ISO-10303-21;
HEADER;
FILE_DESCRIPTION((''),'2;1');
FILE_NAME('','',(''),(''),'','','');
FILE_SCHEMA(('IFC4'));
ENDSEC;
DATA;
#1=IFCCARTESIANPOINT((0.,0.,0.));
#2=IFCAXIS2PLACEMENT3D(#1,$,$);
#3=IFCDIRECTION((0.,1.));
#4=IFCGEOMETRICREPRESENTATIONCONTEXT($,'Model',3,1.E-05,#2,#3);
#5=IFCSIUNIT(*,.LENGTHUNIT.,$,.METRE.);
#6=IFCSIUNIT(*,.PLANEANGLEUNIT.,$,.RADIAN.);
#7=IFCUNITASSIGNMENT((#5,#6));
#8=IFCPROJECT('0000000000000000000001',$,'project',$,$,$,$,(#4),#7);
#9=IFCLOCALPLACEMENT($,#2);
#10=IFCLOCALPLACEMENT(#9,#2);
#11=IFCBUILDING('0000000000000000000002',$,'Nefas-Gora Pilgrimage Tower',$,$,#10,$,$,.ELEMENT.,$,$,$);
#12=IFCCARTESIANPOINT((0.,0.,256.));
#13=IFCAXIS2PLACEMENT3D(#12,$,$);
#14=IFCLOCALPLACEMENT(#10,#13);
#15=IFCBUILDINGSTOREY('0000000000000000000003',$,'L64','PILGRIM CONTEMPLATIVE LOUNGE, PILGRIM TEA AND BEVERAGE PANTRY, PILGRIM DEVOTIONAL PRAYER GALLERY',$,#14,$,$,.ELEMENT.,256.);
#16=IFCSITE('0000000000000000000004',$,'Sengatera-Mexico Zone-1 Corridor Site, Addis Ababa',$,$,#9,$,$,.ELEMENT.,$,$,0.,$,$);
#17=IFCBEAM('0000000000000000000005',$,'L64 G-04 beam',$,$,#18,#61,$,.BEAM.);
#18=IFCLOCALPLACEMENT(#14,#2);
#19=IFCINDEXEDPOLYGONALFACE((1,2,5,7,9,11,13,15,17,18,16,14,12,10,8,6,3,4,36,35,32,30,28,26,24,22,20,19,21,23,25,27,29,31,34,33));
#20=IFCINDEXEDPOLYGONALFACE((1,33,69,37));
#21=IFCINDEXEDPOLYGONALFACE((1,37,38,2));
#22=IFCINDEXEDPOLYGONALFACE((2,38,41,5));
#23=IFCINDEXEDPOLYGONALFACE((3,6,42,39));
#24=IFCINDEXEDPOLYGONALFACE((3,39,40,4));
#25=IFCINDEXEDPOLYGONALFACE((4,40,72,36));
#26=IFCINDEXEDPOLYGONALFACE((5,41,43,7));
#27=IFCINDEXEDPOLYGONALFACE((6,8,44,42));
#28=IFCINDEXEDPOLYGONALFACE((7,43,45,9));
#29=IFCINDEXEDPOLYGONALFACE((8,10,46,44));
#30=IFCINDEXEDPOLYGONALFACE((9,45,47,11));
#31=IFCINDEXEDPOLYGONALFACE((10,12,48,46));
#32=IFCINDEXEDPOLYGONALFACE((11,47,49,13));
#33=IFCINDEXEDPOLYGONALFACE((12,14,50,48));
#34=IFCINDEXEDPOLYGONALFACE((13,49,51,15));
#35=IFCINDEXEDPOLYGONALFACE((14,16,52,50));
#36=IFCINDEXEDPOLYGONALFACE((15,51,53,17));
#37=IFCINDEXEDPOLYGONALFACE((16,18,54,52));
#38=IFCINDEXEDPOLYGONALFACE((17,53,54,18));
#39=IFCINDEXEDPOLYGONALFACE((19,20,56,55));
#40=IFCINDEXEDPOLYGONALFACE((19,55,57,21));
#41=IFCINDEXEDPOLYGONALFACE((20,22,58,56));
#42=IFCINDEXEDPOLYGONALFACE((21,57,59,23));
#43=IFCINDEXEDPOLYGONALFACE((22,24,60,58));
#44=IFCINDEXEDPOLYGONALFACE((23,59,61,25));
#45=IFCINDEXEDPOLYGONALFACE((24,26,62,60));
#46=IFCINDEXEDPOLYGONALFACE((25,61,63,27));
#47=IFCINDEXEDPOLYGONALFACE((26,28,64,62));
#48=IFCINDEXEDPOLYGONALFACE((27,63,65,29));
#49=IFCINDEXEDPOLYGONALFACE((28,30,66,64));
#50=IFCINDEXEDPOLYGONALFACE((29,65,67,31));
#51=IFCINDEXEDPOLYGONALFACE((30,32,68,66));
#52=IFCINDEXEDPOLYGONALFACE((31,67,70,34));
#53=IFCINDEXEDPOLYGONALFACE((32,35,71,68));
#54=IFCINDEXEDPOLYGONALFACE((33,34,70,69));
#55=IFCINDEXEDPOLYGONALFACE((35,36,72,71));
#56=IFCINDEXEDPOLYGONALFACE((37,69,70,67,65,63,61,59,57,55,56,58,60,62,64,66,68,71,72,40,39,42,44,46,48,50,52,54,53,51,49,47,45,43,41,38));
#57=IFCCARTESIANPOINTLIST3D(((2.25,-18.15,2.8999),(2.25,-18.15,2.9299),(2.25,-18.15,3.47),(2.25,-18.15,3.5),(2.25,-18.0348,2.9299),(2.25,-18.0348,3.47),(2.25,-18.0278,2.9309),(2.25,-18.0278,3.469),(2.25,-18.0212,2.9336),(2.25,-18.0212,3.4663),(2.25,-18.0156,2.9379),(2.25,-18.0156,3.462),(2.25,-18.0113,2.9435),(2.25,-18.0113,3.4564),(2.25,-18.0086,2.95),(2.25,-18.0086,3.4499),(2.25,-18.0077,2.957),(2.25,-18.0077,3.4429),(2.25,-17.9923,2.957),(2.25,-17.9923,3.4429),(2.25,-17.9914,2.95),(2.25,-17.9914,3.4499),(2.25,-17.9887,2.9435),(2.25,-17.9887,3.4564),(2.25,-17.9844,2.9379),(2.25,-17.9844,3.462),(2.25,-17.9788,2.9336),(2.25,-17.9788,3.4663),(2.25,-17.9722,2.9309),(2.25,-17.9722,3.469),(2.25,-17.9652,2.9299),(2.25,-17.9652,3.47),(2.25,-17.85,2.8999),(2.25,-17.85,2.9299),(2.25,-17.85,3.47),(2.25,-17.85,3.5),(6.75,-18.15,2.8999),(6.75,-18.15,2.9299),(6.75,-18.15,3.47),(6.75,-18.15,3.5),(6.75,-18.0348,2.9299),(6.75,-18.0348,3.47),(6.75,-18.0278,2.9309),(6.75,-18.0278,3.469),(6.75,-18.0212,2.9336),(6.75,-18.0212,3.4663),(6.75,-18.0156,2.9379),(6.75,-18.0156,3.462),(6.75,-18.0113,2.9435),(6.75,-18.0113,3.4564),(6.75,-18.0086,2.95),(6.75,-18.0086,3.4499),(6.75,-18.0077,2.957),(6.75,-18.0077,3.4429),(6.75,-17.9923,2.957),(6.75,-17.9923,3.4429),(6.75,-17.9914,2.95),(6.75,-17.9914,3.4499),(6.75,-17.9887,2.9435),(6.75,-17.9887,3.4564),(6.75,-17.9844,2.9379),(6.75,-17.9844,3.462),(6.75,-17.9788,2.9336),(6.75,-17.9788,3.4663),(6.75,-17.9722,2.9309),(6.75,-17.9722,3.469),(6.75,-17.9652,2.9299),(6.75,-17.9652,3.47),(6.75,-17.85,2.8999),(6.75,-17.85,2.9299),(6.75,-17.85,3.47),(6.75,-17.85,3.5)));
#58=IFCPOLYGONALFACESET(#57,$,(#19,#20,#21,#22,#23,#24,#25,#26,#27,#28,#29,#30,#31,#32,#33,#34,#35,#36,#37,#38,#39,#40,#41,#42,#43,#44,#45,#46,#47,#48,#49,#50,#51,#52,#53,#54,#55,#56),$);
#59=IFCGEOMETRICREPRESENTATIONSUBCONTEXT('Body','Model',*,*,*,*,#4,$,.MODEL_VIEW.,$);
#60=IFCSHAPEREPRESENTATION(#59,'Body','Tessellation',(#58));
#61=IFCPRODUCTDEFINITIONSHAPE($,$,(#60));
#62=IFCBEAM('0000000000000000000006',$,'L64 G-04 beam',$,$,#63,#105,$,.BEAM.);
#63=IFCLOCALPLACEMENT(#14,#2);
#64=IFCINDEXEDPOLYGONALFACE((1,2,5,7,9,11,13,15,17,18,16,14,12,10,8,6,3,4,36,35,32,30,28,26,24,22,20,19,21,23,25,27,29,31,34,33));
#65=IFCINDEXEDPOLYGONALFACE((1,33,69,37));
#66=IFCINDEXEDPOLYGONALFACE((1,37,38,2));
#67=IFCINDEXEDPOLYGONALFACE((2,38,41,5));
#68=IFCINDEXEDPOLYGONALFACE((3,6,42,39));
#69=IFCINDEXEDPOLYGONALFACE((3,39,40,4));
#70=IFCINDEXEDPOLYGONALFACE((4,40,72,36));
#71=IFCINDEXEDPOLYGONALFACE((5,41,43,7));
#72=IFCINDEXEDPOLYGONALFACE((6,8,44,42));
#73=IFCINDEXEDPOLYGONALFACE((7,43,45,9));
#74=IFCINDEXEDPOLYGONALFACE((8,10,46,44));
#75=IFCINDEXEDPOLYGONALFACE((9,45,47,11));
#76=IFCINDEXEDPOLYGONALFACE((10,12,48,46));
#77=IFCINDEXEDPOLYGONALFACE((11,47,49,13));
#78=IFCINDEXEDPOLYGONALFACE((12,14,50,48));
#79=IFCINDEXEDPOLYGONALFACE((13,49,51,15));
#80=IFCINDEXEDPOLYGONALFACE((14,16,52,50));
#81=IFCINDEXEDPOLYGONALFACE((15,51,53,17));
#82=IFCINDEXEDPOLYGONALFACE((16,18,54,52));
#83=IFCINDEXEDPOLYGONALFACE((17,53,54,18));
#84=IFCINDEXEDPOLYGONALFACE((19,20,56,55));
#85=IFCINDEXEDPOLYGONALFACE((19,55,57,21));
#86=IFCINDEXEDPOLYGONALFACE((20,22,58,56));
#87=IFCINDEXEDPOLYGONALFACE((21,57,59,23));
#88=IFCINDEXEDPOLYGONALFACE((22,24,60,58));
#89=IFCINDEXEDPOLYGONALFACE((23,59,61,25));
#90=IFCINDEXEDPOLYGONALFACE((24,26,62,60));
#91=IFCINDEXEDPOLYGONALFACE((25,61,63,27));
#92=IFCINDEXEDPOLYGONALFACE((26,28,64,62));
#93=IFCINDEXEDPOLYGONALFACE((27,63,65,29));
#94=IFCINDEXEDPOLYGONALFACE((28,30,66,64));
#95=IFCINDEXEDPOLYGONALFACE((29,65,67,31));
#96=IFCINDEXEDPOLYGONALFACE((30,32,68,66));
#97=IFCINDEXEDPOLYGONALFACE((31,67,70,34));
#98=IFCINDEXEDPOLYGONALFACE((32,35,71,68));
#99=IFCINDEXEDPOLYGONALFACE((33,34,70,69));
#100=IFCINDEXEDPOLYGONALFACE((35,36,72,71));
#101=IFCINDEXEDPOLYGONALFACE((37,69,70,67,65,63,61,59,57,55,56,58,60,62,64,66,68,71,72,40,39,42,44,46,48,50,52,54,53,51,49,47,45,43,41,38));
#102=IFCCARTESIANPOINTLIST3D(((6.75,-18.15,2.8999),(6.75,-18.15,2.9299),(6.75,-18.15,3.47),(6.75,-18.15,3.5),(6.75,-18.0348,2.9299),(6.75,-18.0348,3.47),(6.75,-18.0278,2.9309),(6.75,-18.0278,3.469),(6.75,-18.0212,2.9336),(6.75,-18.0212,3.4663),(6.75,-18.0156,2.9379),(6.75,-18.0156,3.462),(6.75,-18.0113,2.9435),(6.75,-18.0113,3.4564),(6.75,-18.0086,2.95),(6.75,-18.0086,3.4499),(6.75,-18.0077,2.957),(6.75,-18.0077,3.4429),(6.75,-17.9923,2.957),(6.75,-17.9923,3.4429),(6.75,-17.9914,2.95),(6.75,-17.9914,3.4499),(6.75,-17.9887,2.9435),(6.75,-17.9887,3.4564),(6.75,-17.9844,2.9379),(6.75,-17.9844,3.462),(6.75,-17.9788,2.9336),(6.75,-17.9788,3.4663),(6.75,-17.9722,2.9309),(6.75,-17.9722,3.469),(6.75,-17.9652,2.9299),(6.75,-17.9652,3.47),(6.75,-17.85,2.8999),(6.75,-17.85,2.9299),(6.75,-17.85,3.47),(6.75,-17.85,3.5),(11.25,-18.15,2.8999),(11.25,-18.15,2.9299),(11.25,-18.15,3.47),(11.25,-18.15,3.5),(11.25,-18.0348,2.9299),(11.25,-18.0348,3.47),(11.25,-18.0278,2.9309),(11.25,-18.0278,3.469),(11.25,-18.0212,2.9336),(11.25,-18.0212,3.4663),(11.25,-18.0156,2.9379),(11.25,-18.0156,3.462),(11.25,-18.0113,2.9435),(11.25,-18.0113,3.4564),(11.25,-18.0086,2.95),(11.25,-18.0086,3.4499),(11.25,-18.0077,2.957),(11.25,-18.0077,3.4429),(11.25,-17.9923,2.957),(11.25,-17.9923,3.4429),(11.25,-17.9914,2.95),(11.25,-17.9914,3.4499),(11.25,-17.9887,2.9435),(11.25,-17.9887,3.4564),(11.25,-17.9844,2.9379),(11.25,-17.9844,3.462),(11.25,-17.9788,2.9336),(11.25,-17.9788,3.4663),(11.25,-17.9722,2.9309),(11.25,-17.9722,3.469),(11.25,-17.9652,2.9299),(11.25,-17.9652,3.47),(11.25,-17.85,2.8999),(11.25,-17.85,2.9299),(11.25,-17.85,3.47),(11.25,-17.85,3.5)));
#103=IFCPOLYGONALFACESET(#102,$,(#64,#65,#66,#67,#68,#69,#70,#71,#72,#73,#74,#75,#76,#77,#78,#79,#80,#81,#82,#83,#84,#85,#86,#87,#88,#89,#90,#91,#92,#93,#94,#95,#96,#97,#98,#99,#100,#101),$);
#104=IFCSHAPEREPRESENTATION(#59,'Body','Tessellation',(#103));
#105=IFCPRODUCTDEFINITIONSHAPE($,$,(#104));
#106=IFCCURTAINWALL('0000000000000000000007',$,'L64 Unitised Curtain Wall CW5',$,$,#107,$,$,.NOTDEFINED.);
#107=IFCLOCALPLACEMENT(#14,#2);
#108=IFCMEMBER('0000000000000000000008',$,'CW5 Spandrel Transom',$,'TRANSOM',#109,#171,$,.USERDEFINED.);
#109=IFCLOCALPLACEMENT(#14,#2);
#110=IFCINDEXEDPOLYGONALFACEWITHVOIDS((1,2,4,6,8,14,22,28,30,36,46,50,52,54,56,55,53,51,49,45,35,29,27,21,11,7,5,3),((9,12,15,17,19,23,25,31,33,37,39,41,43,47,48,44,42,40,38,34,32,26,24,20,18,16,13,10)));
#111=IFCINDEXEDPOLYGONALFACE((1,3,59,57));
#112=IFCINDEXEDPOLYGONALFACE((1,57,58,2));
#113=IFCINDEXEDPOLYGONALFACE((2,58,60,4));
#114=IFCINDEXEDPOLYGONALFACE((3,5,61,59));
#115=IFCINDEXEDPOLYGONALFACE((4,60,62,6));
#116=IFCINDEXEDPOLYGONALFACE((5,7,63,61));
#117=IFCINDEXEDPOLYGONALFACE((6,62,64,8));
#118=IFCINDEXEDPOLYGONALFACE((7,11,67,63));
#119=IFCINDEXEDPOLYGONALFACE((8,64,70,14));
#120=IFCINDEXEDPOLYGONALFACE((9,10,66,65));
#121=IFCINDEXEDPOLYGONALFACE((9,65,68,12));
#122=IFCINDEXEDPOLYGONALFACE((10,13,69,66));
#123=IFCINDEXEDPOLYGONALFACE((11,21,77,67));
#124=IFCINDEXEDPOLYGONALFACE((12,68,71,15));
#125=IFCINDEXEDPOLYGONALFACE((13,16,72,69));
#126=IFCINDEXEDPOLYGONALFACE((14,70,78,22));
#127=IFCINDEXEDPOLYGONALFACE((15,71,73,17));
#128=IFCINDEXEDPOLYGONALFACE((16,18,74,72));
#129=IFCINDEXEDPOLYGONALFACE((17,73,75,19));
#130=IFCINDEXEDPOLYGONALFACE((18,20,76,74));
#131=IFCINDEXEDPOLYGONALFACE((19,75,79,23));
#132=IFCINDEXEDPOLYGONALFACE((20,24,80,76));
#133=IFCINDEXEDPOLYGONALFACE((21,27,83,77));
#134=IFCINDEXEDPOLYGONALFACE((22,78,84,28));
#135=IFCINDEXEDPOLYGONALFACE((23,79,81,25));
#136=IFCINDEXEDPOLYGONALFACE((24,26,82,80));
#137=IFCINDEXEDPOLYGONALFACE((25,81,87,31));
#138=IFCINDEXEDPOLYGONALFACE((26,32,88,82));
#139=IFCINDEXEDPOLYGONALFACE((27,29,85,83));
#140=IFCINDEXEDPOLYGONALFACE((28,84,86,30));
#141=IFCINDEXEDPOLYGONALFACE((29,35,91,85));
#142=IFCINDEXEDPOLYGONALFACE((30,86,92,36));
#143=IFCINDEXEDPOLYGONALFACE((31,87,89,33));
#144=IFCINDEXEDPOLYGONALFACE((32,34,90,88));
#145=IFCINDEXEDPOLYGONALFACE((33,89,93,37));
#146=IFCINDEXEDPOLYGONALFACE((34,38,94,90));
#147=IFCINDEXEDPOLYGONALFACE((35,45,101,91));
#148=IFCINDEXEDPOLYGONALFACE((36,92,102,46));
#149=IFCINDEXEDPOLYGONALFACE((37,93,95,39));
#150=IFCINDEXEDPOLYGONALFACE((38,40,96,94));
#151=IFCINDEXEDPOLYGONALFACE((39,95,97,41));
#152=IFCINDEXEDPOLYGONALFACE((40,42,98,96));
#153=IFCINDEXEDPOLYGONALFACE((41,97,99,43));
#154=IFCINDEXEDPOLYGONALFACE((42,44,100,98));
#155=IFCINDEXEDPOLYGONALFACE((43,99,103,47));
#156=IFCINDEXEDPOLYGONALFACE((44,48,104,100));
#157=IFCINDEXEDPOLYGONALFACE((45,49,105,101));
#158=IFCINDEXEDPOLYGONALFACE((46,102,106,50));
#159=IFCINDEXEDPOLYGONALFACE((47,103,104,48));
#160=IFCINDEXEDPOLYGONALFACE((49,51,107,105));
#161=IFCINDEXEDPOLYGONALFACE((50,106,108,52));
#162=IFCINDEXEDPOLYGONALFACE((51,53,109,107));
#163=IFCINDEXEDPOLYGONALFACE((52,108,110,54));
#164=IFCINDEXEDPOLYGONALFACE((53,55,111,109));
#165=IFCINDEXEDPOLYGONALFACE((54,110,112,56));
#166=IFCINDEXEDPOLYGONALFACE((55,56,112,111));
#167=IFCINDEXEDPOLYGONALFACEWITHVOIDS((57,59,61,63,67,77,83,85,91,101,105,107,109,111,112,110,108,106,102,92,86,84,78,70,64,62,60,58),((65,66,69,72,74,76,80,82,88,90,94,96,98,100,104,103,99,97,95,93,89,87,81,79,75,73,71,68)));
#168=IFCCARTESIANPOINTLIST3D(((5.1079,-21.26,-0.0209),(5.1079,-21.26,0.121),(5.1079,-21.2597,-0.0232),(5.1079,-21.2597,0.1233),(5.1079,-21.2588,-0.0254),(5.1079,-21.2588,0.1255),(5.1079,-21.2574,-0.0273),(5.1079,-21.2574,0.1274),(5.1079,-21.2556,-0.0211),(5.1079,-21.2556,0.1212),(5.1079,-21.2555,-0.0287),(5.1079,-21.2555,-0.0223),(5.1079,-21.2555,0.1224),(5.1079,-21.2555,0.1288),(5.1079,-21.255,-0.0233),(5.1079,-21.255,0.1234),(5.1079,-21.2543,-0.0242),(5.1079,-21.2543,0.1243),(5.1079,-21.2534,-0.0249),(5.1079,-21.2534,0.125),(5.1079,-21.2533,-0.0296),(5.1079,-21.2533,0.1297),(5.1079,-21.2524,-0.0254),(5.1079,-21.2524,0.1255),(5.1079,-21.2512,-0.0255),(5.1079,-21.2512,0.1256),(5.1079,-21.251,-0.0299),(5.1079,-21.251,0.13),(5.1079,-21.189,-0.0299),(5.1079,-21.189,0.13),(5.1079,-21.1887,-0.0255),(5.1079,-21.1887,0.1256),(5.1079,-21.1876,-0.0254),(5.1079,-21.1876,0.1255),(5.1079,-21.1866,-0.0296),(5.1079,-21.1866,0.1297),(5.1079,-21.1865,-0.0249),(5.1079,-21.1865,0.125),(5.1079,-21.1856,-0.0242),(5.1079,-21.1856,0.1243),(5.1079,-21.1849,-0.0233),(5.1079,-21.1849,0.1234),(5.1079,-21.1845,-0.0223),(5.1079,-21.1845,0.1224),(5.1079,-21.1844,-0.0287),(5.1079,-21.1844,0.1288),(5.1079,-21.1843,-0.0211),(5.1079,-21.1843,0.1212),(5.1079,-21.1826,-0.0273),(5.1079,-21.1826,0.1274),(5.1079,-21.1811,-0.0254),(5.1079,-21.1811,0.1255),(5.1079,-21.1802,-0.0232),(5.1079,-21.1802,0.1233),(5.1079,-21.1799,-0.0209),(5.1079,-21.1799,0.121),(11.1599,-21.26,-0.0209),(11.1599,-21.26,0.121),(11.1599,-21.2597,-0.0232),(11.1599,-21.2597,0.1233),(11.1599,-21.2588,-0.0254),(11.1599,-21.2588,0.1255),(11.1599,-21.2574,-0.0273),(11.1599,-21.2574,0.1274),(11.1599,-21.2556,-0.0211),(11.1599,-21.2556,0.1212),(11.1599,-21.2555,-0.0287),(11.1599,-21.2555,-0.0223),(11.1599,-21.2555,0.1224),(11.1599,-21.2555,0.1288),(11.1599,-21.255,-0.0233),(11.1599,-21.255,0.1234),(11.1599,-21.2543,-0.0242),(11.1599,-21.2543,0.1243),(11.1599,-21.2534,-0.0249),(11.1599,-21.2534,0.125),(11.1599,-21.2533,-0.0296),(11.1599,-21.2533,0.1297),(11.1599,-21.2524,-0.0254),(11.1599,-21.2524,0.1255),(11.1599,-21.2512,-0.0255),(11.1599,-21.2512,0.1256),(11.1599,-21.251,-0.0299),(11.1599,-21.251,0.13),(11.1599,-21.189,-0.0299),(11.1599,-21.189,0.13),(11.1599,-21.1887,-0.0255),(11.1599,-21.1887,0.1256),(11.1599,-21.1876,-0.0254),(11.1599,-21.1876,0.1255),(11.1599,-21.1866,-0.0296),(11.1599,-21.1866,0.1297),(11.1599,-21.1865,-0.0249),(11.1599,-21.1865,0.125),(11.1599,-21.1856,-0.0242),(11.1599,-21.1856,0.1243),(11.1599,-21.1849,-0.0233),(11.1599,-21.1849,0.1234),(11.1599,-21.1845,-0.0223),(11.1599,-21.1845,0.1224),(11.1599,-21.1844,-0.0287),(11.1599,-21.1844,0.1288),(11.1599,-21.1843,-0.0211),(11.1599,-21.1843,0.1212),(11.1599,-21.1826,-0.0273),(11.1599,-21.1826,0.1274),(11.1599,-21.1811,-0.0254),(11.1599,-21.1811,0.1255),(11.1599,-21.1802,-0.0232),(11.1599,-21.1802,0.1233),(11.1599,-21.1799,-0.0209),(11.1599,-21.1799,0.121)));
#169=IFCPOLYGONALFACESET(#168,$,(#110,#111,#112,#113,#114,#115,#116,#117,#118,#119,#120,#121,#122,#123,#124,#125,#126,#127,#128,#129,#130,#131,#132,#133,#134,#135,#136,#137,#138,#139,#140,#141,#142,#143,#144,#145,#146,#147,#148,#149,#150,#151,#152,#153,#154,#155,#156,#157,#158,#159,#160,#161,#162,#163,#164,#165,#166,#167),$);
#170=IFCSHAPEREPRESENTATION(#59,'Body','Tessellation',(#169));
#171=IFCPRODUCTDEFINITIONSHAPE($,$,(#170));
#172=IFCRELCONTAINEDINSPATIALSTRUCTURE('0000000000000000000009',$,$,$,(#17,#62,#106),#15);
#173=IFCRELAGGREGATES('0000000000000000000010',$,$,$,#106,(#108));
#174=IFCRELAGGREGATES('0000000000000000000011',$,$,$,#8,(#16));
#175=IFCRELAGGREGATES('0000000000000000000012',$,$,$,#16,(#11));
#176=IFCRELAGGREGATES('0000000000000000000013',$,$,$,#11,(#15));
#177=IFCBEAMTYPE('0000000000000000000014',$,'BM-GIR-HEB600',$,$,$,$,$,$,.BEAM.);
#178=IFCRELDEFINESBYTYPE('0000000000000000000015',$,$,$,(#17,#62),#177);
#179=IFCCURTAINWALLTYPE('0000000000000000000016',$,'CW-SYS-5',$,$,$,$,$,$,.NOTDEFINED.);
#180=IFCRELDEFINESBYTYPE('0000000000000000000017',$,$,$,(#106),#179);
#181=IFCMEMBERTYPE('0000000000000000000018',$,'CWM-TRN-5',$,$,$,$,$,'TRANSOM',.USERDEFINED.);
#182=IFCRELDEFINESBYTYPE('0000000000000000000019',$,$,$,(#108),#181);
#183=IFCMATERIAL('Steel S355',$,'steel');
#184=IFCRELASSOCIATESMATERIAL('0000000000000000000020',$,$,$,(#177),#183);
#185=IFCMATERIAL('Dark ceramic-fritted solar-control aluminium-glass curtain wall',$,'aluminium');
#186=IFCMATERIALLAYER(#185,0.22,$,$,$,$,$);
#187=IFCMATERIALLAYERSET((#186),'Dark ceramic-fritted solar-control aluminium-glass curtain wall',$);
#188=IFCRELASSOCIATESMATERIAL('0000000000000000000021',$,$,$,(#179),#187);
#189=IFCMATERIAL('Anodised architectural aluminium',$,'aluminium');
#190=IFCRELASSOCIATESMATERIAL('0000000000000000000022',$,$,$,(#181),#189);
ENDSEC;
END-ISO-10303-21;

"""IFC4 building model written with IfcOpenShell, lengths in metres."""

from ifc_helpers import new_model, si_unit, direction, frame, origin, origin_2d, place, context, subcontext, project, spatial, hollow_rectangle, i_section, extrude, source, transform, mapped, material, layer, layer_set, material_profile, profile_set, type_object, element, aggregate, save


model = new_model("IFC4")

# Units and contexts
model_context = context("Model", 3, precision=1e-05, world=origin(), true_north=direction((0.0, 1.0)))
body_context = subcontext(model_context, "Body", "Model", "MODEL_VIEW")
ifc_project = project(units=[si_unit("LENGTHUNIT", "METRE"), si_unit("PLANEANGLEUNIT", "RADIAN")], contexts=[model_context])

# Site, building, storey
site_placement = place(None, origin())
site = spatial("IfcSite", under=ifc_project, at=site_placement, Name="Sengatera-Mexico Zone-1 Corridor Site, Addis Ababa", CompositionType="ELEMENT", RefElevation=0.0)
building_placement = place(site_placement, origin())
building = spatial("IfcBuilding", under=site, at=building_placement, Name="Nefas-Gora Pilgrimage Tower", CompositionType="ELEMENT")
storey_placement = place(building_placement, frame((0.0, 0.0, 256.0)))
storey = spatial("IfcBuildingStorey", under=building, at=storey_placement, Name="L64", Description="PILGRIM CONTEMPLATIVE LOUNGE, PILGRIM TEA AND BEVERAGE PANTRY, PILGRIM DEVOTIONAL PRAYER GALLERY", CompositionType="ELEMENT", Elevation=256.0)

# Beams
ifc_material_1 = material(Name="Steel S355", Category="steel")
ifc_material_profile_1 = material_profile(ifc_material_1, i_section(OverallWidth=0.3, OverallDepth=0.6001, WebThickness=0.0154, FlangeThickness=0.03, FilletRadius=0.0271, at=origin_2d()), Name="HEB 600")
ifc_profile_set_1 = profile_set([ifc_material_profile_1], Name="Steel S355")
beam_type = type_object("IfcBeamType", Name="BM-GIR-HEB600", PredefinedType="BEAM", material=ifc_profile_set_1)
shared_shape_1 = source(origin(), body_context, "Body", "SweptSolid", [
    extrude(i_section(OverallWidth=0.3, OverallDepth=0.6001, WebThickness=0.0154, FlangeThickness=0.03, FilletRadius=0.0271, at=origin_2d()), origin(), (0.0, 0.0, 1.0), 4.5),
])
for number, where, z_axis, x_axis, name in (
    (1, (2.25, -18.0, 3.2), (1.0, 0.0, 0.0), (0.0, 1.0, 0.0), "L64 G-04 beam"),
    (2, (6.75, -18.0, 3.2), (1.0, 0.0, 0.0), (0.0, 1.0, 0.0), "L64 G-04 beam"),
):
    element("IfcBeam", number, at=place(storey_placement, frame(where, z_axis=z_axis, x_axis=x_axis)), inside=storey, type_object=beam_type, Name=name, PredefinedType="BEAM", context=body_context, shape_type="MappedRepresentation", body=[
        mapped(shared_shape_1, transform((0.0, 0.0, 0.0), x_axis=(1.0, 0.0, 0.0), y_axis=(0.0, 1.0, 0.0), z_axis=(0.0, 0.0, 1.0), scale=1.0)),
    ])

# Curtain wall, member
ifc_material_2 = material(Name="Dark ceramic-fritted solar-control aluminium-glass curtain wall", Category="aluminium")
ifc_layer_1 = layer(ifc_material_2, 0.22)
ifc_layer_set_1 = layer_set([ifc_layer_1], Name="Dark ceramic-fritted solar-control aluminium-glass curtain wall")
curtain_wall_type = type_object("IfcCurtainWallType", Name="CW-SYS-5", PredefinedType="NOTDEFINED", material=ifc_layer_set_1)
curtain_wall_1_placement = place(storey_placement, origin())
curtain_wall_1 = element("IfcCurtainWall", 3, at=curtain_wall_1_placement, inside=storey, type_object=curtain_wall_type, Name="L64 Unitised Curtain Wall CW5", PredefinedType="NOTDEFINED")
ifc_material_3 = material(Name="Anodised architectural aluminium", Category="aluminium")
ifc_material_profile_2 = material_profile(ifc_material_3, hollow_rectangle(XDim=0.0801, YDim=0.1599, WallThickness=0.0044, InnerFilletRadius=0.0044, OuterFilletRadius=0.009, at=origin_2d()), Name="ALU TRANSOM 80x160")
ifc_profile_set_2 = profile_set([ifc_material_profile_2], Name="Anodised architectural aluminium")
member_type_1 = type_object("IfcMemberType", Name="CWM-TRN-5", ElementType="TRANSOM", PredefinedType="USERDEFINED", material=ifc_profile_set_2)
shared_shape_2 = source(origin(), body_context, "Body", "SweptSolid", [
    extrude(hollow_rectangle(XDim=0.0801, YDim=0.1599, WallThickness=0.0044, InnerFilletRadius=0.0044, OuterFilletRadius=0.009, at=origin_2d()), origin(), (0.0, 0.0, 1.0), 6.052),
])
member_1_placement = place(storey_placement, frame((5.1079, -21.22, 0.05), z_axis=(1.0, 0.0, 0.0), x_axis=(0.0, 1.0, 0.0)))
member_1 = element("IfcMember", 4, at=member_1_placement, type_object=member_type_1, Name="CW5 Spandrel Transom", ObjectType="TRANSOM", PredefinedType="USERDEFINED", context=body_context, shape_type="MappedRepresentation", body=[
    mapped(shared_shape_2, transform((0.0, 0.0, 0.0), x_axis=(1.0, 0.0, 0.0), y_axis=(0.0, 1.0, 0.0), z_axis=(0.0, 0.0, 1.0), scale=1.0)),
])

aggregate(curtain_wall_1, [member_1])

save(model, "model.ifc")
